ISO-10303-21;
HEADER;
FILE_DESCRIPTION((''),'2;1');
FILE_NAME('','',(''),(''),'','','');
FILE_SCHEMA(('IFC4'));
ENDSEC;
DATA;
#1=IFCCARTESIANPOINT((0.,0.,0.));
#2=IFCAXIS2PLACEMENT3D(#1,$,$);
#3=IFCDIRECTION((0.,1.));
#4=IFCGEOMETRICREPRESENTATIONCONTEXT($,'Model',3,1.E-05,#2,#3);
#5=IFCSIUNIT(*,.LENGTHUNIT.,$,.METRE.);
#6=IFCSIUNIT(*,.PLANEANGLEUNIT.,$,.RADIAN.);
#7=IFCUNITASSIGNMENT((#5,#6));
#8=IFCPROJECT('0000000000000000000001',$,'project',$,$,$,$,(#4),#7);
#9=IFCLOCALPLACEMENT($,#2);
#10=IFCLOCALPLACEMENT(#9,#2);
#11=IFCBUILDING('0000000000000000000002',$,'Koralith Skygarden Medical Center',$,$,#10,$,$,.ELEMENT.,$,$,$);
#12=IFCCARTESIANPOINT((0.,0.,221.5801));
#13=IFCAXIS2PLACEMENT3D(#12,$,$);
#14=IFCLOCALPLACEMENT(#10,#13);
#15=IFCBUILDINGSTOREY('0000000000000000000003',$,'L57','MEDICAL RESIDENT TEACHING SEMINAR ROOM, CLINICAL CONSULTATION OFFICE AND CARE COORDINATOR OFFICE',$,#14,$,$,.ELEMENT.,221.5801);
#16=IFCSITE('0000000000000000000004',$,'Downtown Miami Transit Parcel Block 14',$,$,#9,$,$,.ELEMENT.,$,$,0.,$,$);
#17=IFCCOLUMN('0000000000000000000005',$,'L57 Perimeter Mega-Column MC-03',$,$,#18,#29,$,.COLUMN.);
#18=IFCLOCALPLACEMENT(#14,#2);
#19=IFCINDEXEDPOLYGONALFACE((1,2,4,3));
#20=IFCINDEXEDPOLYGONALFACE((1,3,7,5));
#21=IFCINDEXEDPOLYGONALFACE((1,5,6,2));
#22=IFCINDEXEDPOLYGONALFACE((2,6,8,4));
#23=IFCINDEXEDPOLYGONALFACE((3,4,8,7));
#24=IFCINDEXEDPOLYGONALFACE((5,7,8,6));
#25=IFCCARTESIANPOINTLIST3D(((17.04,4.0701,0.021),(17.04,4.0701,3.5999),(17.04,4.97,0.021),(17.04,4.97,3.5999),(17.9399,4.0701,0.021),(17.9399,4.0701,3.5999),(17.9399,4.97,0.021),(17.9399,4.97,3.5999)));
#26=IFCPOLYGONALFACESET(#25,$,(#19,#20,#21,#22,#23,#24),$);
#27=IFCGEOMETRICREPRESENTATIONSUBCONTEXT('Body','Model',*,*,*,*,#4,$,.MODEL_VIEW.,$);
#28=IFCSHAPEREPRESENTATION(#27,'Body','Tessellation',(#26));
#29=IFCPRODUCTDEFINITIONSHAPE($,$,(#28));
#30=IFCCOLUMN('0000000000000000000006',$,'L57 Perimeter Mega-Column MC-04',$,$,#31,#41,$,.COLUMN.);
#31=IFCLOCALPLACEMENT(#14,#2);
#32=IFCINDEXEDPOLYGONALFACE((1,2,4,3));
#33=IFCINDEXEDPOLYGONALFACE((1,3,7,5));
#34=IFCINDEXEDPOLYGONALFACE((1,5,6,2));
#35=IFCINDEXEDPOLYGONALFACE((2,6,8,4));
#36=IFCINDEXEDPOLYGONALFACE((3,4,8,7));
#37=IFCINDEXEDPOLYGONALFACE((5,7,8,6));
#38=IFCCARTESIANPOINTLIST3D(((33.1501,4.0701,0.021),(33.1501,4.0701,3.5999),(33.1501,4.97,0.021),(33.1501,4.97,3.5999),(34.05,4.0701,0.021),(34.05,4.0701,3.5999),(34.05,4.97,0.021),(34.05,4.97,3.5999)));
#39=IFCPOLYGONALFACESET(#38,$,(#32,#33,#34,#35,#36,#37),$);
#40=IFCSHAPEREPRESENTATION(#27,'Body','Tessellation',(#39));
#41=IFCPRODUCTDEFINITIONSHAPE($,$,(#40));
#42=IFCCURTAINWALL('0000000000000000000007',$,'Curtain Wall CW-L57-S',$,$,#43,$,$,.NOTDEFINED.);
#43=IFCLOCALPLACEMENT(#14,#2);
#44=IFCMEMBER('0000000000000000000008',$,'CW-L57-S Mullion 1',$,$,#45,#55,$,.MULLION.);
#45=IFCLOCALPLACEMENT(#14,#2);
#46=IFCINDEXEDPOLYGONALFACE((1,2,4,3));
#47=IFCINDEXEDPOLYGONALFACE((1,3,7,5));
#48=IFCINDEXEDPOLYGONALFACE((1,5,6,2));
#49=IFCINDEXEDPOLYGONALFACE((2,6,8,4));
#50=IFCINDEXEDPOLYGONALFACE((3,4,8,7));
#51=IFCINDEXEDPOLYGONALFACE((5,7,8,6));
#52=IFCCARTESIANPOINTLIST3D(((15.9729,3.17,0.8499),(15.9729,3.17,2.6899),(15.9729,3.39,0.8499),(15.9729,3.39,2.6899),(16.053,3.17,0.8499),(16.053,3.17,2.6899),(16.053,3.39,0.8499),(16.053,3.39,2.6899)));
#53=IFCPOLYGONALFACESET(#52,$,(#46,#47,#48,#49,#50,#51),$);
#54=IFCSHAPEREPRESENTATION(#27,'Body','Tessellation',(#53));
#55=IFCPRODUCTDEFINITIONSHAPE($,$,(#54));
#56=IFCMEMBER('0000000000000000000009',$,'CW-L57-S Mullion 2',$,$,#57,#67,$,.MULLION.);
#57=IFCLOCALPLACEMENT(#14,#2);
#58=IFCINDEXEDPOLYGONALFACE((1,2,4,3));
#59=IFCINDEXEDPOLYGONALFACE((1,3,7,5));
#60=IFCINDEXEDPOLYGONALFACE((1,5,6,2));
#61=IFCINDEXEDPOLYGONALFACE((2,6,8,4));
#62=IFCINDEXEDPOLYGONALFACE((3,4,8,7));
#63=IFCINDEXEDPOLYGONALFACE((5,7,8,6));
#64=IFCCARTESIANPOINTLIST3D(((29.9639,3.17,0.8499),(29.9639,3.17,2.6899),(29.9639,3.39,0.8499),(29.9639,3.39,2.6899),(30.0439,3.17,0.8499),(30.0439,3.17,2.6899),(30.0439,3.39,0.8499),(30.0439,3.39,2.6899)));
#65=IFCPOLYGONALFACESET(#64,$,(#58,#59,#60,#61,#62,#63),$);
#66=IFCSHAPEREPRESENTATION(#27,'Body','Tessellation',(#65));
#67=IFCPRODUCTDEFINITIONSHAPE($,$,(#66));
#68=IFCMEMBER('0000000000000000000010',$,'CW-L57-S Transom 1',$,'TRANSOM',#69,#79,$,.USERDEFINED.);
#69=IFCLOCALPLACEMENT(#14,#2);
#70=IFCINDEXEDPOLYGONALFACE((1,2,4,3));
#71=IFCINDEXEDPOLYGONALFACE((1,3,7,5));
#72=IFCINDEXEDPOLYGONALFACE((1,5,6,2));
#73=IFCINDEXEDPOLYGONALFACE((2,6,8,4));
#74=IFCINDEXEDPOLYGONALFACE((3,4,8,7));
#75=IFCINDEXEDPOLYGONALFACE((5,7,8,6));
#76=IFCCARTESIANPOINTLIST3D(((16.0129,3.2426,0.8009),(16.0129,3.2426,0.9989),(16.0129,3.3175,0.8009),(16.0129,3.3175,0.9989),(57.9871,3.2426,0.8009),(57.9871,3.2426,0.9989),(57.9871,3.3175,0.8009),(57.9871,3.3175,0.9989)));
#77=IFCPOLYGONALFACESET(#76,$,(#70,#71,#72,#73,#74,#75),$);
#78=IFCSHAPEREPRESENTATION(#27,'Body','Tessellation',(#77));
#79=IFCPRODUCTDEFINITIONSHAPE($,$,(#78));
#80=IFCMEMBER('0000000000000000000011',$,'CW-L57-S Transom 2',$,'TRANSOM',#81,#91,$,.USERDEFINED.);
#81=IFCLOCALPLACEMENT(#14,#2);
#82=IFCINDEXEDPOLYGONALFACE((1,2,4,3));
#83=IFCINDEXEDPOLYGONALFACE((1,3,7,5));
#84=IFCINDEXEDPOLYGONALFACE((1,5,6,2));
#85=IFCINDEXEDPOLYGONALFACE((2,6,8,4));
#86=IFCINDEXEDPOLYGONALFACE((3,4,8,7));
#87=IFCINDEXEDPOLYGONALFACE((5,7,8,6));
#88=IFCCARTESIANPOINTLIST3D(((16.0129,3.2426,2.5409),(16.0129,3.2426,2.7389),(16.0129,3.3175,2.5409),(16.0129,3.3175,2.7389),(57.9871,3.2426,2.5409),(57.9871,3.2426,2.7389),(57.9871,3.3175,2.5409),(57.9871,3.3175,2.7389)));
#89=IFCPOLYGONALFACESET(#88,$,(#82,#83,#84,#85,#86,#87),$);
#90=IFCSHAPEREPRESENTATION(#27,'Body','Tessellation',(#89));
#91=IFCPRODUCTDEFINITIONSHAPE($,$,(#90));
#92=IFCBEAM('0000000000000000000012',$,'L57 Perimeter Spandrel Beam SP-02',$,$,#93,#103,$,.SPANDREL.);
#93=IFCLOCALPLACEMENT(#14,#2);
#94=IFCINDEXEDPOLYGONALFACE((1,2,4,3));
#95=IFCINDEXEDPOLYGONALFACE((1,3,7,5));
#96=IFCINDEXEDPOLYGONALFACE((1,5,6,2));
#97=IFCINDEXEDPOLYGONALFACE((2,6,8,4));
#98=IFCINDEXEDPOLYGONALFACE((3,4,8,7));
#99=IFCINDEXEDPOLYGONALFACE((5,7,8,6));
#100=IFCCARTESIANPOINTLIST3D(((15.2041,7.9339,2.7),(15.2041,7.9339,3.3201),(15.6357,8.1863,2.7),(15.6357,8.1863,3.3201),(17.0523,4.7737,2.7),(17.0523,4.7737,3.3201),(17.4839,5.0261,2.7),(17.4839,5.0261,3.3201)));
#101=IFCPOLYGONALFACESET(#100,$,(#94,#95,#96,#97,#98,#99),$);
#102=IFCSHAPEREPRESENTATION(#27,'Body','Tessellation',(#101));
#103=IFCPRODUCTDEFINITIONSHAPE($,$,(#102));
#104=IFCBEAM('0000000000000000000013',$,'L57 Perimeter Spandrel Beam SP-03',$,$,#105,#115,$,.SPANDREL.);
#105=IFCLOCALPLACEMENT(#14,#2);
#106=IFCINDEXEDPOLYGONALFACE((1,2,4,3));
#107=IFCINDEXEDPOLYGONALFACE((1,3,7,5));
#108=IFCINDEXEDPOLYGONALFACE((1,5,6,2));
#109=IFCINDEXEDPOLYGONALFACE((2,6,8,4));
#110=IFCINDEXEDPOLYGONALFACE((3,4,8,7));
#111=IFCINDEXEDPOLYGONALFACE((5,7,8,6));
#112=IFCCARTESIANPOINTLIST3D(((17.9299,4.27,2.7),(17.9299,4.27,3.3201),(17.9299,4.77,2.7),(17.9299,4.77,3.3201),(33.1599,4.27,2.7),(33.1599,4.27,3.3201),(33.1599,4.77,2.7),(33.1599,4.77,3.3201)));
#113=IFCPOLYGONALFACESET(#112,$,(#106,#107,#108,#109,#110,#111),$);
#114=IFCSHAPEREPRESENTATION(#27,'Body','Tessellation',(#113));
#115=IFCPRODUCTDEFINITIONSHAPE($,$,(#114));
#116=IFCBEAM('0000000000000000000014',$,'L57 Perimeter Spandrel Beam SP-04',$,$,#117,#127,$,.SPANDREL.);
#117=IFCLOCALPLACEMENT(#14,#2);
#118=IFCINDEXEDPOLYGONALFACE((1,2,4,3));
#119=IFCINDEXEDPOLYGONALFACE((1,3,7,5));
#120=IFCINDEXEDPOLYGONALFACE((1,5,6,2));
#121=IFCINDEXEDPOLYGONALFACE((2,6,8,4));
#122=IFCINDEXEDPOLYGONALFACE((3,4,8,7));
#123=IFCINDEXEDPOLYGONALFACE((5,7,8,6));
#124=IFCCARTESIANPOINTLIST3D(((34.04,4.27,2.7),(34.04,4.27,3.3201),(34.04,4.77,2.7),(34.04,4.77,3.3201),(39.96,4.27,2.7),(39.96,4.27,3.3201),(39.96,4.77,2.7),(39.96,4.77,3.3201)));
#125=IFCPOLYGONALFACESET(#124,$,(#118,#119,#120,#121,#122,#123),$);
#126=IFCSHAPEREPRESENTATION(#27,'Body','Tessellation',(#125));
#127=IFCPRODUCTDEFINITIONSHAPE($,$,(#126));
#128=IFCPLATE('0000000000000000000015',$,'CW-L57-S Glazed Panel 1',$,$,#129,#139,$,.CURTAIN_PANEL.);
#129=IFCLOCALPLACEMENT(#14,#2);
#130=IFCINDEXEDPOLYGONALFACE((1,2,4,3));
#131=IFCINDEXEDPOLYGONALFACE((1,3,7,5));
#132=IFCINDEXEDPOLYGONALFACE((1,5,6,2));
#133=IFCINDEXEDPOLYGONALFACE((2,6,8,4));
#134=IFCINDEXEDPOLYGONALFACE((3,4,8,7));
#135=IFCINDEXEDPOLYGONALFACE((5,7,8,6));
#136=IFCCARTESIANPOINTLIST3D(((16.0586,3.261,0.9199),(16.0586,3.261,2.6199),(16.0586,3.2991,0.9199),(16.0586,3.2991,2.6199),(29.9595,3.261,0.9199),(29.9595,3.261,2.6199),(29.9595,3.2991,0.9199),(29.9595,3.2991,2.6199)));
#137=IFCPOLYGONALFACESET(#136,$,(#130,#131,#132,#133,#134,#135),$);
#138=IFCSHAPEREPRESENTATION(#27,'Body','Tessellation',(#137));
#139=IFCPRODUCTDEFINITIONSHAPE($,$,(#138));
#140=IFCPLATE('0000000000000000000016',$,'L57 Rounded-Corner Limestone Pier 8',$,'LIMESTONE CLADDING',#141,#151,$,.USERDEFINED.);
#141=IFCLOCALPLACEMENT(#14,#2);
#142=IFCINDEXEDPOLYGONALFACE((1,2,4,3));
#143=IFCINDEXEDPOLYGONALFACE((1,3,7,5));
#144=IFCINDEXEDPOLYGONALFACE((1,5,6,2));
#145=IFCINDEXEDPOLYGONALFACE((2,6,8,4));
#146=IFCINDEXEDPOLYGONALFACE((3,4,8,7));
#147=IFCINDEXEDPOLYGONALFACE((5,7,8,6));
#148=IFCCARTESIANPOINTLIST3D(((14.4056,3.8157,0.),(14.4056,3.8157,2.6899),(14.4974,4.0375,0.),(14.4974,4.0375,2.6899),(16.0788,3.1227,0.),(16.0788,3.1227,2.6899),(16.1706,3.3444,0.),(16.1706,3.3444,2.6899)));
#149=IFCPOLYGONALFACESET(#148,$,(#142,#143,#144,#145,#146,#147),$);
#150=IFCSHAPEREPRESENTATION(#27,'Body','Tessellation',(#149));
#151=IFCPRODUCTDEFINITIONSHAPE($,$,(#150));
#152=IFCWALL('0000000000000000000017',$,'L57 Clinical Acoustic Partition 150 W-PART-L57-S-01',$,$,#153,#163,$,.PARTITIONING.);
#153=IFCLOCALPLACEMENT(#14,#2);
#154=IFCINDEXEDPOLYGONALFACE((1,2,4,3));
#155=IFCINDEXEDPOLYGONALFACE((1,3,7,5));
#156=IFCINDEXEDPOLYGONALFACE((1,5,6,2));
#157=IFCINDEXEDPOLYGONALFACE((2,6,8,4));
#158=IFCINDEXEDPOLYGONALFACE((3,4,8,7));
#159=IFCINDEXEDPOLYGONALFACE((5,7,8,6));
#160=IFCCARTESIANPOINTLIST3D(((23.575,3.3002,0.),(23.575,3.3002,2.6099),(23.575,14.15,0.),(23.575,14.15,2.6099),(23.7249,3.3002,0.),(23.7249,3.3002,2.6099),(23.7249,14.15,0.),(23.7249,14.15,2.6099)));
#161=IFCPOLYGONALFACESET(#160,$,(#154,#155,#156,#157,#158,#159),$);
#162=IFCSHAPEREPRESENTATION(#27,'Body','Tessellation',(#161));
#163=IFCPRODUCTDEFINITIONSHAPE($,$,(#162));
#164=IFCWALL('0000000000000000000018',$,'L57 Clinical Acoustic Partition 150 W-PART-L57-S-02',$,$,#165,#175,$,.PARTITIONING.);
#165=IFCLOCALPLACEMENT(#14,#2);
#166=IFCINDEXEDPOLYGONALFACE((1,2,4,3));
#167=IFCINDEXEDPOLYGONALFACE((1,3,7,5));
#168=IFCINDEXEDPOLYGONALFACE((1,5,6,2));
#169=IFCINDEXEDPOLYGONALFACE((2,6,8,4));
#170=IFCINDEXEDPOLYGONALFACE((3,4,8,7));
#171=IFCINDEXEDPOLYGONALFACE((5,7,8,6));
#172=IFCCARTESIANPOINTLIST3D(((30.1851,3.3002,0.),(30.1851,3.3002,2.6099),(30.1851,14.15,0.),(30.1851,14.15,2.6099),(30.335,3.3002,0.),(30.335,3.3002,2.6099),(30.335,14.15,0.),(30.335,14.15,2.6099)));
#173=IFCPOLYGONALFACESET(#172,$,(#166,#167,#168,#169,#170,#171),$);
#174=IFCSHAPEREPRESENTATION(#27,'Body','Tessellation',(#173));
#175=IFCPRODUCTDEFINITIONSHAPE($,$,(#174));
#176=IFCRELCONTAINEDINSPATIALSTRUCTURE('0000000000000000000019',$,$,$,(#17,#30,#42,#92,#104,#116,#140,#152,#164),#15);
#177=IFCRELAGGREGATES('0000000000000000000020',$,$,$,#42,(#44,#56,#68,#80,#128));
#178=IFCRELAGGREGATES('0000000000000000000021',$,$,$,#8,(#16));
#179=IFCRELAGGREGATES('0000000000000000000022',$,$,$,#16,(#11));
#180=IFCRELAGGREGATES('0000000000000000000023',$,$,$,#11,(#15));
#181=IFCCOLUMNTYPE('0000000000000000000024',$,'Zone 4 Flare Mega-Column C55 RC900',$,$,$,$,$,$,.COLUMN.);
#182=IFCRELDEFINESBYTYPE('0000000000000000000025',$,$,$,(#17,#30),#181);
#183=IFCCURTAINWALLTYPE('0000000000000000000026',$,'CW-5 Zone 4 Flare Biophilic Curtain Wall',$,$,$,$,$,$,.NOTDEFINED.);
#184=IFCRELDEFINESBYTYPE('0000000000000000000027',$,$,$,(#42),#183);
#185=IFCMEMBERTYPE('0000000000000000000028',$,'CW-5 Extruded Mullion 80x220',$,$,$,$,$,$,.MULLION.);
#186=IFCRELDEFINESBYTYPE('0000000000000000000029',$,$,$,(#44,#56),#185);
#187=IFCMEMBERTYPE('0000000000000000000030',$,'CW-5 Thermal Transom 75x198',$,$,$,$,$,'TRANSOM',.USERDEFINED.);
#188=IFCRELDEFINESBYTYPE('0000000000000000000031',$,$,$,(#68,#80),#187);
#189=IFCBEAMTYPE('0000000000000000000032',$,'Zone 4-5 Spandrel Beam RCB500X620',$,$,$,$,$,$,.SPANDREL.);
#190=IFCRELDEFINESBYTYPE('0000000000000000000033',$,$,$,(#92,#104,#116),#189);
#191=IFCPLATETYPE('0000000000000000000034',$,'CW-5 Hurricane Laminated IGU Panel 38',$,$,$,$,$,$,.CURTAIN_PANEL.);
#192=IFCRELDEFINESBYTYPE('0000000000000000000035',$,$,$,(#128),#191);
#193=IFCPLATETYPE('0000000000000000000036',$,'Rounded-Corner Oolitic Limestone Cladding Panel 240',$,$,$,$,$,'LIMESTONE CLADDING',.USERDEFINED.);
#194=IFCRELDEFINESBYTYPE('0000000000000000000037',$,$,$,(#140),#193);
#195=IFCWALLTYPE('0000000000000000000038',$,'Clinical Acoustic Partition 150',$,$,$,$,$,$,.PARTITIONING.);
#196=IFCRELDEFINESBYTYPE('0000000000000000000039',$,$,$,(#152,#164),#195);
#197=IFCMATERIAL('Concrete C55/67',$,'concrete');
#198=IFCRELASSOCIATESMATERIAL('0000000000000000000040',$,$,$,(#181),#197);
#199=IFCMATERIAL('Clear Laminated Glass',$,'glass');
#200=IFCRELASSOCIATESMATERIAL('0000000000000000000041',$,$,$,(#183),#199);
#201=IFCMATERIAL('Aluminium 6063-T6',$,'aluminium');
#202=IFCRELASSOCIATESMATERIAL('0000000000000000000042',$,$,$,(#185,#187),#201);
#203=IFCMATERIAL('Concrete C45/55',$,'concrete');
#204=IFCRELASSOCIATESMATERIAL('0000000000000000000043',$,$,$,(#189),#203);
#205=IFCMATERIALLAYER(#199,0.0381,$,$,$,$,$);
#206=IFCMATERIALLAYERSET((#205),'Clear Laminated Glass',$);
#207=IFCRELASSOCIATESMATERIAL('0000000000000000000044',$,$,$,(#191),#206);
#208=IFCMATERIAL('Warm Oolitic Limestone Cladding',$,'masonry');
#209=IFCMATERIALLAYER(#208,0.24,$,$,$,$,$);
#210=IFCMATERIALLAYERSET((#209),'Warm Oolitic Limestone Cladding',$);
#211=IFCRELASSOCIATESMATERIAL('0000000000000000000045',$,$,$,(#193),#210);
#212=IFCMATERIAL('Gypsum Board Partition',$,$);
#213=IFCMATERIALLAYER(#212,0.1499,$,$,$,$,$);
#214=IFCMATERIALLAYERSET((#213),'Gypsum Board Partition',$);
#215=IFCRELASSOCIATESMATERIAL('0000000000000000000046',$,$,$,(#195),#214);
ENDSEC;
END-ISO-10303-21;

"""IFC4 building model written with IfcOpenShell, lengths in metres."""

from ifc_helpers import new_model, si_unit, direction, frame, frame_2d, origin, origin_2d, place, context, subcontext, project, spatial, rectangle, extrude, material, layer, layer_set, material_profile, profile_set, type_object, element, aggregate, save


model = new_model("IFC4")

# Units and contexts
model_context = context("Model", 3, precision=1e-05, world=origin(), true_north=direction((0.0, 1.0)))
body_context = subcontext(model_context, "Body", "Model", "MODEL_VIEW")
ifc_project = project(units=[si_unit("LENGTHUNIT", "METRE"), si_unit("PLANEANGLEUNIT", "RADIAN")], contexts=[model_context])

# Site, building, storey
site_placement = place(None, origin())
site = spatial("IfcSite", under=ifc_project, at=site_placement, Name="Downtown Miami Transit Parcel Block 14", CompositionType="ELEMENT", RefElevation=0.0)
building_placement = place(site_placement, origin())
building = spatial("IfcBuilding", under=site, at=building_placement, Name="Koralith Skygarden Medical Center", CompositionType="ELEMENT")
storey_placement = place(building_placement, frame((0.0, 0.0, 221.5801)))
storey = spatial("IfcBuildingStorey", under=building, at=storey_placement, Name="L57", Description="MEDICAL RESIDENT TEACHING SEMINAR ROOM, CLINICAL CONSULTATION OFFICE AND CARE COORDINATOR OFFICE", CompositionType="ELEMENT", Elevation=221.5801)

# Columns
ifc_material_1 = material(Name="Concrete C55/67", Category="concrete")
ifc_material_profile_1 = material_profile(ifc_material_1, rectangle(XDim=0.8999, YDim=0.8999, at=origin_2d()), Name="RC900X900")
ifc_profile_set_1 = profile_set([ifc_material_profile_1], Name="Concrete C55/67")
column_type = type_object("IfcColumnType", Name="Zone 4 Flare Mega-Column C55 RC900", PredefinedType="COLUMN", material=ifc_profile_set_1)
for number, where, z_axis, x_axis, name in (
    (1, (17.49, 4.52, 0.021), (0.0, 0.0, 1.0), (1.0, 0.0, 0.0), "L57 Perimeter Mega-Column MC-03"),
    (2, (33.6001, 4.52, 0.021), (0.0, 0.0, 1.0), (1.0, 0.0, 0.0), "L57 Perimeter Mega-Column MC-04"),
):
    element("IfcColumn", number, at=place(storey_placement, frame(where, z_axis=z_axis, x_axis=x_axis)), inside=storey, type_object=column_type, Name=name, PredefinedType="COLUMN", context=body_context, shape_type="SweptSolid", body=[
        extrude(rectangle(XDim=0.8999, YDim=0.8999, at=origin_2d()), origin(), (0.0, 0.0, 1.0), 3.5789),
    ])

# Curtain wall, members
ifc_material_2 = material(Name="Clear Laminated Glass", Category="glass")
curtain_wall_type = type_object("IfcCurtainWallType", Name="CW-5 Zone 4 Flare Biophilic Curtain Wall", PredefinedType="NOTDEFINED", material=ifc_material_2)
curtain_wall_placement = place(storey_placement, origin())
curtain_wall = element("IfcCurtainWall", 3, at=curtain_wall_placement, inside=storey, type_object=curtain_wall_type, Name="Curtain Wall CW-L57-S", PredefinedType="NOTDEFINED")
ifc_material_3 = material(Name="Aluminium 6063-T6", Category="aluminium")
ifc_material_profile_2 = material_profile(ifc_material_3, rectangle(XDim=0.0801, YDim=0.22, at=origin_2d()), Name="MUL80X220")
ifc_profile_set_2 = profile_set([ifc_material_profile_2], Name="Aluminium 6063-T6")
member_type_1 = type_object("IfcMemberType", Name="CW-5 Extruded Mullion 80x220", PredefinedType="MULLION", material=ifc_profile_set_2)
member_1_placement = place(storey_placement, frame((16.0129, 3.28, 0.8499), z_axis=(0.0, 0.0, 1.0), x_axis=(1.0, 0.0, 0.0)))
member_1 = element("IfcMember", 4, at=member_1_placement, type_object=member_type_1, Name="CW-L57-S Mullion 1", PredefinedType="MULLION", context=body_context, shape_type="SweptSolid", body=[
    extrude(rectangle(XDim=0.0801, YDim=0.22, at=origin_2d()), origin(), (0.0, 0.0, 1.0), 1.8401),
])
member_2_placement = place(storey_placement, frame((30.0039, 3.28, 0.8499), z_axis=(0.0, 0.0, 1.0), x_axis=(1.0, 0.0, 0.0)))
member_2 = element("IfcMember", 5, at=member_2_placement, type_object=member_type_1, Name="CW-L57-S Mullion 2", PredefinedType="MULLION", context=body_context, shape_type="SweptSolid", body=[
    extrude(rectangle(XDim=0.0801, YDim=0.22, at=origin_2d()), origin(), (0.0, 0.0, 1.0), 1.8401),
])
ifc_material_profile_3 = material_profile(ifc_material_3, rectangle(XDim=0.075, YDim=0.198, at=origin_2d()), Name="TRN75X198")
ifc_profile_set_3 = profile_set([ifc_material_profile_3], Name="Aluminium 6063-T6")
member_type_2 = type_object("IfcMemberType", Name="CW-5 Thermal Transom 75x198", ElementType="TRANSOM", PredefinedType="USERDEFINED", material=ifc_profile_set_3)
member_3_placement = place(storey_placement, frame((16.0129, 3.28, 0.8999), z_axis=(1.0, 0.0, 0.0), x_axis=(0.0, 1.0, 0.0)))
member_3 = element("IfcMember", 6, at=member_3_placement, type_object=member_type_2, Name="CW-L57-S Transom 1", ObjectType="TRANSOM", PredefinedType="USERDEFINED", context=body_context, shape_type="SweptSolid", body=[
    extrude(rectangle(XDim=0.075, YDim=0.198, at=origin_2d()), origin(), (0.0, 0.0, 1.0), 41.9741),
])
member_4_placement = place(storey_placement, frame((16.0129, 3.28, 2.6399), z_axis=(1.0, 0.0, 0.0), x_axis=(0.0, 1.0, 0.0)))
member_4 = element("IfcMember", 7, at=member_4_placement, type_object=member_type_2, Name="CW-L57-S Transom 2", ObjectType="TRANSOM", PredefinedType="USERDEFINED", context=body_context, shape_type="SweptSolid", body=[
    extrude(rectangle(XDim=0.075, YDim=0.198, at=origin_2d()), origin(), (0.0, 0.0, 1.0), 41.9741),
])

# Beams
ifc_material_4 = material(Name="Concrete C45/55", Category="concrete")
ifc_material_profile_4 = material_profile(ifc_material_4, rectangle(XDim=0.5, YDim=0.6201, at=origin_2d()), Name="RCB500X620")
ifc_profile_set_4 = profile_set([ifc_material_profile_4], Name="Concrete C45/55")
beam_type = type_object("IfcBeamType", Name="Zone 4-5 Spandrel Beam RCB500X620", PredefinedType="SPANDREL", material=ifc_profile_set_4)
beam_1_placement = place(storey_placement, frame((15.4199, 8.0601, 3.01), z_axis=(0.504833, -0.863217, 0.0), x_axis=(0.863217, 0.504833, 0.0)))
element("IfcBeam", 8, at=beam_1_placement, inside=storey, type_object=beam_type, Name="L57 Perimeter Spandrel Beam SP-02", PredefinedType="SPANDREL", context=body_context, shape_type="SweptSolid", body=[
    extrude(rectangle(XDim=0.5, YDim=0.6201, at=origin_2d()), origin(), (0.0, 0.0, 1.0), 3.6609),
])
beam_2_placement = place(storey_placement, frame((17.9299, 4.52, 3.01), z_axis=(1.0, 0.0, 0.0), x_axis=(0.0, 1.0, 0.0)))
element("IfcBeam", 9, at=beam_2_placement, inside=storey, type_object=beam_type, Name="L57 Perimeter Spandrel Beam SP-03", PredefinedType="SPANDREL", context=body_context, shape_type="SweptSolid", body=[
    extrude(rectangle(XDim=0.5, YDim=0.6201, at=origin_2d()), origin(), (0.0, 0.0, 1.0), 15.23),
])
beam_3_placement = place(storey_placement, frame((34.04, 4.52, 3.01), z_axis=(1.0, 0.0, 0.0), x_axis=(0.0, 1.0, 0.0)))
element("IfcBeam", 10, at=beam_3_placement, inside=storey, type_object=beam_type, Name="L57 Perimeter Spandrel Beam SP-04", PredefinedType="SPANDREL", context=body_context, shape_type="SweptSolid", body=[
    extrude(rectangle(XDim=0.5, YDim=0.6201, at=origin_2d()), origin(), (0.0, 0.0, 1.0), 5.9199),
])

# Plates
ifc_layer_1 = layer(ifc_material_2, 0.0381)
ifc_layer_set_1 = layer_set([ifc_layer_1], Name="Clear Laminated Glass")
plate_type_1 = type_object("IfcPlateType", Name="CW-5 Hurricane Laminated IGU Panel 38", PredefinedType="CURTAIN_PANEL", material=ifc_layer_set_1)
plate_1_placement = place(storey_placement, frame((23.009, 3.28, 0.9199), z_axis=(0.0, 0.0, 1.0), x_axis=(1.0, 0.0, 0.0)))
plate_1 = element("IfcPlate", 11, at=plate_1_placement, type_object=plate_type_1, Name="CW-L57-S Glazed Panel 1", PredefinedType="CURTAIN_PANEL", context=body_context, shape_type="SweptSolid", body=[
    extrude(rectangle(XDim=13.9009, YDim=0.0381, at=origin_2d()), origin(), (0.0, 0.0, 1.0), 1.7),
])
aggregate(curtain_wall, [member_1, member_2, member_3, member_4, plate_1])
ifc_material_5 = material(Name="Warm Oolitic Limestone Cladding", Category="masonry")
ifc_layer_2 = layer(ifc_material_5, 0.24)
ifc_layer_set_2 = layer_set([ifc_layer_2], Name="Warm Oolitic Limestone Cladding")
plate_type_2 = type_object("IfcPlateType", Name="Rounded-Corner Oolitic Limestone Cladding Panel 240", ElementType="LIMESTONE CLADDING", PredefinedType="USERDEFINED", material=ifc_layer_set_2)
plate_2_placement = place(storey_placement, frame((15.2881, 3.5801, 0.0), z_axis=(0.0, 0.0, 1.0), x_axis=(0.923885, -0.382671, 0.0)))
element("IfcPlate", 12, at=plate_2_placement, inside=storey, type_object=plate_type_2, Name="L57 Rounded-Corner Limestone Pier 8", ObjectType="LIMESTONE CLADDING", PredefinedType="USERDEFINED", context=body_context, shape_type="SweptSolid", body=[
    extrude(rectangle(XDim=1.811, YDim=0.24, at=origin_2d()), origin(), (0.0, 0.0, 1.0), 2.6899),
])

# Walls
ifc_material_6 = material(Name="Gypsum Board Partition")
ifc_layer_3 = layer(ifc_material_6, 0.1499)
ifc_layer_set_3 = layer_set([ifc_layer_3], Name="Gypsum Board Partition")
wall_type_1 = type_object("IfcWallType", Name="Clinical Acoustic Partition 150", PredefinedType="PARTITIONING", material=ifc_layer_set_3)
for number, where, z_axis, x_axis, name in (
    (13, (23.6499, 14.1499, 0.0), (0.0, 0.0, 1.0), (0.0, -1.0, 0.0), "L57 Clinical Acoustic Partition 150 W-PART-L57-S-01"),
    (14, (30.26, 14.1499, 0.0), (0.0, 0.0, 1.0), (0.0, -1.0, 0.0), "L57 Clinical Acoustic Partition 150 W-PART-L57-S-02"),
):
    element("IfcWall", number, at=place(storey_placement, frame(where, z_axis=z_axis, x_axis=x_axis)), inside=storey, type_object=wall_type_1, Name=name, PredefinedType="PARTITIONING", context=body_context, shape_type="SweptSolid", body=[
        extrude(rectangle(XDim=10.8499, YDim=0.1499, at=frame_2d((5.4248, 0.0))), origin(), (0.0, 0.0, 1.0), 2.6099),
    ])

save(model, "model.ifc")
